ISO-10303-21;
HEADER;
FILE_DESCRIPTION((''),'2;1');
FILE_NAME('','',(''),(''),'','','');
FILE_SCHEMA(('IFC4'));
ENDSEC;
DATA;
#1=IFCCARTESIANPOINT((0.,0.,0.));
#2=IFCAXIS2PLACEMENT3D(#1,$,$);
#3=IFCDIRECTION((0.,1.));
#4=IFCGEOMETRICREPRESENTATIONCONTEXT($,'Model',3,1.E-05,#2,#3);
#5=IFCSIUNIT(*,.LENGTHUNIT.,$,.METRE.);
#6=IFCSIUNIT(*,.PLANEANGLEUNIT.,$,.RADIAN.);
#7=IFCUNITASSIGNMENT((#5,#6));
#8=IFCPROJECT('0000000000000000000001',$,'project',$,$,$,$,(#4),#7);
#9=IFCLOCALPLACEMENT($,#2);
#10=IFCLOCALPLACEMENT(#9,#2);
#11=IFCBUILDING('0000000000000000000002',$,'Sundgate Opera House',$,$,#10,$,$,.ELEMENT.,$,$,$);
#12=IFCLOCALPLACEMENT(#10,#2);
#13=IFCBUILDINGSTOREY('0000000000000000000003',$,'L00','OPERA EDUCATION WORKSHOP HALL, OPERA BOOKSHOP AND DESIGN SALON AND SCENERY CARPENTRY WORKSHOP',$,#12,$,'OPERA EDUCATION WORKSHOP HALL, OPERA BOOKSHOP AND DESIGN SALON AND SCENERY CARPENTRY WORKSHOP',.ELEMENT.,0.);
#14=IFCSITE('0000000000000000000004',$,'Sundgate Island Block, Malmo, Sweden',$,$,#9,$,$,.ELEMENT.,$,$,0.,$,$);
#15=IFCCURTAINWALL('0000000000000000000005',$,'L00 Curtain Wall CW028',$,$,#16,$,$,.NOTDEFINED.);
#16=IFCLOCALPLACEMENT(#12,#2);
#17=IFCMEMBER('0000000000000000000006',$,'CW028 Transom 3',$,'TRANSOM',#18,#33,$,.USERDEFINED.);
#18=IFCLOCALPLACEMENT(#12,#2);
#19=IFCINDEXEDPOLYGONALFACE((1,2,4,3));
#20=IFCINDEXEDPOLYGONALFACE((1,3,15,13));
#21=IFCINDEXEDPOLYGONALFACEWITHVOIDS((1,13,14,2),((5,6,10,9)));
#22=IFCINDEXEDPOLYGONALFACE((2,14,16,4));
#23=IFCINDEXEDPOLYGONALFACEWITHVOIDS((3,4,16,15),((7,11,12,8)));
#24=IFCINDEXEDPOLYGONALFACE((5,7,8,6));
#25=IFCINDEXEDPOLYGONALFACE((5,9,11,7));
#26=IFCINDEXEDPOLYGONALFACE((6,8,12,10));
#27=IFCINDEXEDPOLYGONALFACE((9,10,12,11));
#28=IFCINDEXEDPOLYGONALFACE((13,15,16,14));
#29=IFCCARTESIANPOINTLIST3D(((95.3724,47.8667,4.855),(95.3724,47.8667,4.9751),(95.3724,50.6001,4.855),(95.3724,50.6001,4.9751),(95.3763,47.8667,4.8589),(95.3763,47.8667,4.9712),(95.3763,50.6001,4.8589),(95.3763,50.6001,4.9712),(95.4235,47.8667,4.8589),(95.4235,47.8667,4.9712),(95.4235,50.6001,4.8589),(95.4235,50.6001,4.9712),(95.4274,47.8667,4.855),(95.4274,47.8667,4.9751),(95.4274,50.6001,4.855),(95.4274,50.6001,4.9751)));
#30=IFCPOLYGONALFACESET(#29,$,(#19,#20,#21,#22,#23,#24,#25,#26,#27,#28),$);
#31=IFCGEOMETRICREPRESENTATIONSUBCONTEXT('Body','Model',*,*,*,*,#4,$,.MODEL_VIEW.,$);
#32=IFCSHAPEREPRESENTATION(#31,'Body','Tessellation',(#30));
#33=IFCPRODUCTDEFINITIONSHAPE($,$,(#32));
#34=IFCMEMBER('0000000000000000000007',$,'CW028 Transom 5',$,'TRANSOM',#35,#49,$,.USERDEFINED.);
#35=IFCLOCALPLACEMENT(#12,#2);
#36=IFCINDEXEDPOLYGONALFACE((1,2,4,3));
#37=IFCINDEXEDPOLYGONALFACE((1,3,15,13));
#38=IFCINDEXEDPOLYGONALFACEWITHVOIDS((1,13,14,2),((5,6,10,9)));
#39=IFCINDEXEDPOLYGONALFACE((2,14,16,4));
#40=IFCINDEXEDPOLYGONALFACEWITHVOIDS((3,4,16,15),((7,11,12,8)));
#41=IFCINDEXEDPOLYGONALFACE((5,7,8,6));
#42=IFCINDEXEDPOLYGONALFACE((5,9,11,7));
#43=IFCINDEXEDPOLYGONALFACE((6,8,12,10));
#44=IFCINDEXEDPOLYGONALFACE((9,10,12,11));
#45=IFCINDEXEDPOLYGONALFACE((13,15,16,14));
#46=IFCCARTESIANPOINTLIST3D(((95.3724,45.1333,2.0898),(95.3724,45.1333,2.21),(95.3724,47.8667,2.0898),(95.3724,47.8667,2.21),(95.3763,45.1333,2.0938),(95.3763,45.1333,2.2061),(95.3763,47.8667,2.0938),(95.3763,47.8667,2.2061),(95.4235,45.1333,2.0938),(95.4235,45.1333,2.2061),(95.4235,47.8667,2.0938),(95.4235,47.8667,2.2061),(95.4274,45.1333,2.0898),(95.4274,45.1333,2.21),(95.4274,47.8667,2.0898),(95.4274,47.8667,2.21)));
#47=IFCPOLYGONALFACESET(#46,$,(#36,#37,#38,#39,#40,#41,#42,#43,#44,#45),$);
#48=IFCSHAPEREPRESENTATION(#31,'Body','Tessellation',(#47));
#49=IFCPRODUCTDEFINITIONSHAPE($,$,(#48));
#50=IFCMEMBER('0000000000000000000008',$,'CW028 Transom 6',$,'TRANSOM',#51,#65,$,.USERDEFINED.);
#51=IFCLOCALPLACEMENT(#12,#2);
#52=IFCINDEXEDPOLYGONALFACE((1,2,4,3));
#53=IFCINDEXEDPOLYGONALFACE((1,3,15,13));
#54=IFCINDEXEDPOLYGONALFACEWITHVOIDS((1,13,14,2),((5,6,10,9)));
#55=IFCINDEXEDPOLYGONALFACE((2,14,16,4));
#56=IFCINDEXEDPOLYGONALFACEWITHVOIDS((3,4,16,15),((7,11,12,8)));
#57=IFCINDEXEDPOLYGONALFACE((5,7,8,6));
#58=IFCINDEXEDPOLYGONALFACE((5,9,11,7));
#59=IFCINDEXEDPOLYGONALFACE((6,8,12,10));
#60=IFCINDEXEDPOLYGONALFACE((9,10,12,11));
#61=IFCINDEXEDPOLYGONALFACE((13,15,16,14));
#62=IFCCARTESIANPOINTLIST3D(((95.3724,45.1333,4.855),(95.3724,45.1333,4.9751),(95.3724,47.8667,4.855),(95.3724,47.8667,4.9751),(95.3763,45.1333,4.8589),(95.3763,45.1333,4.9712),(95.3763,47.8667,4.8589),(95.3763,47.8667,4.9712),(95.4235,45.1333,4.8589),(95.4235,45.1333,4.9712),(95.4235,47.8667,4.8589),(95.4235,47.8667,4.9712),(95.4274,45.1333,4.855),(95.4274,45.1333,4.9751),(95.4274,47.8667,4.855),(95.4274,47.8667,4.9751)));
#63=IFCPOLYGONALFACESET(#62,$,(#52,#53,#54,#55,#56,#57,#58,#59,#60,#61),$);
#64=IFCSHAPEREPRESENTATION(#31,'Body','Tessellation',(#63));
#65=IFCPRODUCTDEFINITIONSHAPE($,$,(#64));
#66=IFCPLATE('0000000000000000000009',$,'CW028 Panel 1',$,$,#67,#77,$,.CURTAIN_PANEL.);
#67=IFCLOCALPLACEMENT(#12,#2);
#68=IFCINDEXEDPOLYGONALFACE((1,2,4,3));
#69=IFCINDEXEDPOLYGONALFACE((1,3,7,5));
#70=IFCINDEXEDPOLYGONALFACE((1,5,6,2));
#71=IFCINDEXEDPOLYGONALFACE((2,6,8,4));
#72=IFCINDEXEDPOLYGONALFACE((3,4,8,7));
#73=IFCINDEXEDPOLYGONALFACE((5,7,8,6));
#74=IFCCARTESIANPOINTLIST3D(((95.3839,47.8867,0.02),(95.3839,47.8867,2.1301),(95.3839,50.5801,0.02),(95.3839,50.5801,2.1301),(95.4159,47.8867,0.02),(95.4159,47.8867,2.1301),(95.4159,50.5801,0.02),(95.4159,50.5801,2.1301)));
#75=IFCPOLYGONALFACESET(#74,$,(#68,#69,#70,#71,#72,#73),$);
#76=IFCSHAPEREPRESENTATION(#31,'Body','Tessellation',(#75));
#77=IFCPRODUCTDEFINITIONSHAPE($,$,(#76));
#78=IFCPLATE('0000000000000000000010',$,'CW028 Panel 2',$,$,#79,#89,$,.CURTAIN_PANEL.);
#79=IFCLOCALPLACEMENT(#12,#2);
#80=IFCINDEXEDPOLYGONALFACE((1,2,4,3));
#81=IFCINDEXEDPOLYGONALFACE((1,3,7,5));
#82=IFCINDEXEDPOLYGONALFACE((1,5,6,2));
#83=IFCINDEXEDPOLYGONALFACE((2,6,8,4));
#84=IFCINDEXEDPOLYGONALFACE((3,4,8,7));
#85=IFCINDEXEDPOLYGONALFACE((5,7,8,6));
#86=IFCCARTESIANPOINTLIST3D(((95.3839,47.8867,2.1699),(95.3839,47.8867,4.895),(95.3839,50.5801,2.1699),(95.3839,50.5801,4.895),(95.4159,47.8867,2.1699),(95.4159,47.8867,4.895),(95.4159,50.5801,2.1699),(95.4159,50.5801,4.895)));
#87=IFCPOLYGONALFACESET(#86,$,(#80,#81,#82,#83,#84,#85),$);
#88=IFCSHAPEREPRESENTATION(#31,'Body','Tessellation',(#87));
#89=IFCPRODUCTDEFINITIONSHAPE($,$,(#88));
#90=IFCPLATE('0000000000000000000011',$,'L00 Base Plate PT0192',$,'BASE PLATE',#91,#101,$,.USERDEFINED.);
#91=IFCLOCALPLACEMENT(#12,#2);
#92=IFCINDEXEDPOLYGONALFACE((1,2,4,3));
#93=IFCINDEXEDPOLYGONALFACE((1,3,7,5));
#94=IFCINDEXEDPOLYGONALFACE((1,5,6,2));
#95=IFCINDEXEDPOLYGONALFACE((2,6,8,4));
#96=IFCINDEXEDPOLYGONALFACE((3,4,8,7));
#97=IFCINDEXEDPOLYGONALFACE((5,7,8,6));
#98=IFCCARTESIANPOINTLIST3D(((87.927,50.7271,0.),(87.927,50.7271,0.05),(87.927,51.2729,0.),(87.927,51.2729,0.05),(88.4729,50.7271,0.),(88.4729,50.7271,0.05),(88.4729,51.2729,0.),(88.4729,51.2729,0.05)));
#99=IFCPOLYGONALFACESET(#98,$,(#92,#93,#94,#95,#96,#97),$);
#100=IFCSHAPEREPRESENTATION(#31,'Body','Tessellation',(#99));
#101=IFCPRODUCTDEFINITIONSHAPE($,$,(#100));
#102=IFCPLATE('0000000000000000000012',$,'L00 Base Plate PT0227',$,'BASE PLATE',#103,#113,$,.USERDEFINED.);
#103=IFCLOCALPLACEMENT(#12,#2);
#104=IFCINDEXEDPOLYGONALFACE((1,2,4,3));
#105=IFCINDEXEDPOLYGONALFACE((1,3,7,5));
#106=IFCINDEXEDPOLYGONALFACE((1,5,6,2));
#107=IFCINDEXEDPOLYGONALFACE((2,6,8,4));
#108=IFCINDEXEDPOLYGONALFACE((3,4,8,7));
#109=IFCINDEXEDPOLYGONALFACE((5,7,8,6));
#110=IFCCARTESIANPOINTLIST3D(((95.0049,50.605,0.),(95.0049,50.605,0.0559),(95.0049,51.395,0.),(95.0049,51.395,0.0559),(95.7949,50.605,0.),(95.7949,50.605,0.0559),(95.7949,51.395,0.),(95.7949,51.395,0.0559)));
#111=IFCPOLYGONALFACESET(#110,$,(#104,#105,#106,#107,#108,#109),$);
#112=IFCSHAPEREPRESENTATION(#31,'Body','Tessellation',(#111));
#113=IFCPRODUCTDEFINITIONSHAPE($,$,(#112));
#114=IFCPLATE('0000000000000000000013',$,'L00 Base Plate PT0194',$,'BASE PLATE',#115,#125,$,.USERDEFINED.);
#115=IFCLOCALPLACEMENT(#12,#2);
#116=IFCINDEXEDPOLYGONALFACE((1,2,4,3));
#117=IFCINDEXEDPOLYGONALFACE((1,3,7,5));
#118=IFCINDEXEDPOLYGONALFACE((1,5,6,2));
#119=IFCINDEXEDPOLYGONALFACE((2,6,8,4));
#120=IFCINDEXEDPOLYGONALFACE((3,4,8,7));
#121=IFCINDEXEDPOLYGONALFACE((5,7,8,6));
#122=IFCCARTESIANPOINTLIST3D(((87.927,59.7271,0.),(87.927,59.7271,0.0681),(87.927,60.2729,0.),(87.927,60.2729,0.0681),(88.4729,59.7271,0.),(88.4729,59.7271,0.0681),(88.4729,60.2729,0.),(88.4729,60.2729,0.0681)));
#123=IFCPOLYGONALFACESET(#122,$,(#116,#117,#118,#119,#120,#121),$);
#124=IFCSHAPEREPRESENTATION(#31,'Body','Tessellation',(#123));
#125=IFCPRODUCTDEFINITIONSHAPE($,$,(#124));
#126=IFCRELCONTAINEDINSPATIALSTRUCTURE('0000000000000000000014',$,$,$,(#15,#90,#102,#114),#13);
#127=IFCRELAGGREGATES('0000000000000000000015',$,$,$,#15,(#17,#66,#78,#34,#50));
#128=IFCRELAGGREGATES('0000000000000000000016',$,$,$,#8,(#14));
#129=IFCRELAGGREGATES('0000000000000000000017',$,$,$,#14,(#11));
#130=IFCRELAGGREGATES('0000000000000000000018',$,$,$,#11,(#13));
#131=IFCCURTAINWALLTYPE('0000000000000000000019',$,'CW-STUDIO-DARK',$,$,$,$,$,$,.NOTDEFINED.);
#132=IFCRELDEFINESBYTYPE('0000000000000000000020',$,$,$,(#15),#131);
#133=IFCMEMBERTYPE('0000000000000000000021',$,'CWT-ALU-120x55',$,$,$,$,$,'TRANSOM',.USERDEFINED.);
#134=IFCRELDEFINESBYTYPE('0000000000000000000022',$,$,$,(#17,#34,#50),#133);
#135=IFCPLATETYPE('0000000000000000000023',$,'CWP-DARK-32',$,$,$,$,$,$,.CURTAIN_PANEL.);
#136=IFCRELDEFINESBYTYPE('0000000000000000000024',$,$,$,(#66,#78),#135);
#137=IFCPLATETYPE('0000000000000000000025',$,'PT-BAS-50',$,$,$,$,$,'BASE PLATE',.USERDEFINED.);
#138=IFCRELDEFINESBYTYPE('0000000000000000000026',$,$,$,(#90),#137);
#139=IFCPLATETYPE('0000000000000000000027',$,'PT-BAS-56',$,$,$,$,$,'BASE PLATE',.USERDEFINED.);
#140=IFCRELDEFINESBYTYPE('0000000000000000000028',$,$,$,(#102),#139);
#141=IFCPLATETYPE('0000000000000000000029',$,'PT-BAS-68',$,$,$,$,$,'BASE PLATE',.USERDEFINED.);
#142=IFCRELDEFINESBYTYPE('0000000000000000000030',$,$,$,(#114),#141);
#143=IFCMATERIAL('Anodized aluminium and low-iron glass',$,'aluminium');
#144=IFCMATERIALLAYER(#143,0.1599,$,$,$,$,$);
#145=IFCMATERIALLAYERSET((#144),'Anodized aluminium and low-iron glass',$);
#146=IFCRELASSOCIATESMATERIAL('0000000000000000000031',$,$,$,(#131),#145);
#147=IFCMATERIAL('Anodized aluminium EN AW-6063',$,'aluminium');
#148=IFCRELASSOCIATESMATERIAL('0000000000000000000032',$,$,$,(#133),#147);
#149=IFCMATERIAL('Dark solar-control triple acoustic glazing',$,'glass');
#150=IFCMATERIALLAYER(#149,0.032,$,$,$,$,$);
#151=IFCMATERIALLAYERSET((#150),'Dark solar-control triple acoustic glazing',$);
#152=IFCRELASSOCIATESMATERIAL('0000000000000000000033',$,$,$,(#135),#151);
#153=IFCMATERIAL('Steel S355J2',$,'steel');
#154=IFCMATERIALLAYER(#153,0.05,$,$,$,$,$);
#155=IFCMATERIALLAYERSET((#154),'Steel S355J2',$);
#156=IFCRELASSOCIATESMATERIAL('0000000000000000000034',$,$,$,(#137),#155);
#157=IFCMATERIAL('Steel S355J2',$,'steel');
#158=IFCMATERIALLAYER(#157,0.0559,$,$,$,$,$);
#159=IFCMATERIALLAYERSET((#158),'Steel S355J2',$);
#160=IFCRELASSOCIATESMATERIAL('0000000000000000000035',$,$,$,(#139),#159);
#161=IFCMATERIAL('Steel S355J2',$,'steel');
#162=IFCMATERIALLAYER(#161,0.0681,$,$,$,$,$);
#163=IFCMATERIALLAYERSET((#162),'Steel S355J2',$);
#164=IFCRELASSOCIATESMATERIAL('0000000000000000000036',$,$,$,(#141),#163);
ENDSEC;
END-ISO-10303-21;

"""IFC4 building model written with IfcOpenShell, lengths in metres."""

from ifc_helpers import new_model, si_unit, direction, frame, origin, origin_2d, place, context, subcontext, project, spatial, rectangle, hollow_rectangle, extrude, material, layer, layer_set, material_profile, profile_set, type_object, element, aggregate, save


model = new_model("IFC4")

# Units and contexts
model_context = context("Model", 3, precision=1e-05, world=origin(), true_north=direction((0.0, 1.0)))
body_context = subcontext(model_context, "Body", "Model", "MODEL_VIEW")
ifc_project = project(units=[si_unit("LENGTHUNIT", "METRE"), si_unit("PLANEANGLEUNIT", "RADIAN")], contexts=[model_context])

# Site, building, storey
site_placement = place(None, origin())
site = spatial("IfcSite", under=ifc_project, at=site_placement, Name="Sundgate Island Block, Malmo, Sweden", CompositionType="ELEMENT", RefElevation=0.0)
building_placement = place(site_placement, origin())
building = spatial("IfcBuilding", under=site, at=building_placement, Name="Sundgate Opera House", CompositionType="ELEMENT")
storey_placement = place(building_placement, origin())
storey = spatial("IfcBuildingStorey", under=building, at=storey_placement, Name="L00", Description="OPERA EDUCATION WORKSHOP HALL, OPERA BOOKSHOP AND DESIGN SALON AND SCENERY CARPENTRY WORKSHOP", LongName="OPERA EDUCATION WORKSHOP HALL, OPERA BOOKSHOP AND DESIGN SALON AND SCENERY CARPENTRY WORKSHOP", CompositionType="ELEMENT", Elevation=0.0)

# Curtain wall
ifc_material_1 = material(Name="Anodized aluminium and low-iron glass", Category="aluminium")
ifc_layer_1 = layer(ifc_material_1, 0.1599)
ifc_layer_set_1 = layer_set([ifc_layer_1], Name="Anodized aluminium and low-iron glass")
curtain_wall_type = type_object("IfcCurtainWallType", Name="CW-STUDIO-DARK", PredefinedType="NOTDEFINED", material=ifc_layer_set_1)
curtain_wall_1_placement = place(storey_placement, origin())
curtain_wall_1 = element("IfcCurtainWall", 1, at=curtain_wall_1_placement, inside=storey, type_object=curtain_wall_type, Name="L00 Curtain Wall CW028", PredefinedType="NOTDEFINED")

# Members
ifc_material_2 = material(Name="Anodized aluminium EN AW-6063", Category="aluminium")
ifc_material_profile_1 = material_profile(ifc_material_2, hollow_rectangle(XDim=0.0549, YDim=0.1201, WallThickness=0.0039, at=origin_2d()), Name="CWT 120x55x4")
ifc_profile_set_1 = profile_set([ifc_material_profile_1], Name="Anodized aluminium EN AW-6063")
member_type_1 = type_object("IfcMemberType", Name="CWT-ALU-120x55", ElementType="TRANSOM", PredefinedType="USERDEFINED", material=ifc_profile_set_1)
member_1_placement = place(storey_placement, frame((95.3999, 50.6001, 4.915), z_axis=(0.0, -1.0, 0.0), x_axis=(1.0, 0.0, 0.0)))
member_1 = element("IfcMember", 2, at=member_1_placement, type_object=member_type_1, Name="CW028 Transom 3", ObjectType="TRANSOM", PredefinedType="USERDEFINED", context=body_context, shape_type="SweptSolid", body=[
    extrude(hollow_rectangle(XDim=0.0549, YDim=0.1201, WallThickness=0.0039, at=origin_2d()), origin(), (0.0, 0.0, 1.0), 2.7334),
])
member_2_placement = place(storey_placement, frame((95.3999, 47.8667, 2.1499), z_axis=(0.0, -1.0, 0.0), x_axis=(1.0, 0.0, 0.0)))
member_2 = element("IfcMember", 3, at=member_2_placement, type_object=member_type_1, Name="CW028 Transom 5", ObjectType="TRANSOM", PredefinedType="USERDEFINED", context=body_context, shape_type="SweptSolid", body=[
    extrude(hollow_rectangle(XDim=0.0549, YDim=0.1201, WallThickness=0.0039, at=origin_2d()), origin(), (0.0, 0.0, 1.0), 2.7334),
])
member_3_placement = place(storey_placement, frame((95.3999, 47.8667, 4.915), z_axis=(0.0, -1.0, 0.0), x_axis=(1.0, 0.0, 0.0)))
member_3 = element("IfcMember", 4, at=member_3_placement, type_object=member_type_1, Name="CW028 Transom 6", ObjectType="TRANSOM", PredefinedType="USERDEFINED", context=body_context, shape_type="SweptSolid", body=[
    extrude(hollow_rectangle(XDim=0.0549, YDim=0.1201, WallThickness=0.0039, at=origin_2d()), origin(), (0.0, 0.0, 1.0), 2.7334),
])

# Plates
ifc_material_3 = material(Name="Dark solar-control triple acoustic glazing", Category="glass")
ifc_layer_2 = layer(ifc_material_3, 0.032)
ifc_layer_set_2 = layer_set([ifc_layer_2], Name="Dark solar-control triple acoustic glazing")
plate_type_1 = type_object("IfcPlateType", Name="CWP-DARK-32", PredefinedType="CURTAIN_PANEL", material=ifc_layer_set_2)
plate_1_placement = place(storey_placement, frame((95.3999, 49.2334, 0.02), z_axis=(0.0, 0.0, 1.0), x_axis=(0.0, -1.0, 0.0)))
plate_1 = element("IfcPlate", 5, at=plate_1_placement, type_object=plate_type_1, Name="CW028 Panel 1", PredefinedType="CURTAIN_PANEL", context=body_context, shape_type="SweptSolid", body=[
    extrude(rectangle(XDim=2.6934, YDim=0.032, at=origin_2d()), origin(), (0.0, 0.0, 1.0), 2.1101),
])
plate_2_placement = place(storey_placement, frame((95.3999, 49.2334, 2.1699), z_axis=(0.0, 0.0, 1.0), x_axis=(0.0, -1.0, 0.0)))
plate_2 = element("IfcPlate", 6, at=plate_2_placement, type_object=plate_type_1, Name="CW028 Panel 2", PredefinedType="CURTAIN_PANEL", context=body_context, shape_type="SweptSolid", body=[
    extrude(rectangle(XDim=2.6934, YDim=0.032, at=origin_2d()), origin(), (0.0, 0.0, 1.0), 2.7251),
])
aggregate(curtain_wall_1, [member_1, plate_1, plate_2, member_2, member_3])

# Plates
ifc_material_4 = material(Name="Steel S355J2", Category="steel")
ifc_layer_3 = layer(ifc_material_4, 0.05)
ifc_layer_set_3 = layer_set([ifc_layer_3], Name="Steel S355J2")
plate_type_2 = type_object("IfcPlateType", Name="PT-BAS-50", ElementType="BASE PLATE", PredefinedType="USERDEFINED", material=ifc_layer_set_3)
plate_3_placement = place(storey_placement, frame((88.2, 51.0, 0.0), z_axis=(0.0, 0.0, 1.0), x_axis=(1.0, 0.0, 0.0)))
element("IfcPlate", 7, at=plate_3_placement, inside=storey, type_object=plate_type_2, Name="L00 Base Plate PT0192", ObjectType="BASE PLATE", PredefinedType="USERDEFINED", context=body_context, shape_type="SweptSolid", body=[
    extrude(rectangle(XDim=0.5459, YDim=0.5459, at=origin_2d()), origin(), (0.0, 0.0, 1.0), 0.05),
])
ifc_material_5 = material(Name="Steel S355J2", Category="steel")
ifc_layer_4 = layer(ifc_material_5, 0.0559)
ifc_layer_set_4 = layer_set([ifc_layer_4], Name="Steel S355J2")
plate_type_3 = type_object("IfcPlateType", Name="PT-BAS-56", ElementType="BASE PLATE", PredefinedType="USERDEFINED", material=ifc_layer_set_4)
plate_4_placement = place(storey_placement, frame((95.3999, 51.0, 0.0), z_axis=(0.0, 0.0, 1.0), x_axis=(1.0, 0.0, 0.0)))
element("IfcPlate", 8, at=plate_4_placement, inside=storey, type_object=plate_type_3, Name="L00 Base Plate PT0227", ObjectType="BASE PLATE", PredefinedType="USERDEFINED", context=body_context, shape_type="SweptSolid", body=[
    extrude(rectangle(XDim=0.79, YDim=0.79, at=origin_2d()), origin(), (0.0, 0.0, 1.0), 0.0559),
])
ifc_material_6 = material(Name="Steel S355J2", Category="steel")
ifc_layer_5 = layer(ifc_material_6, 0.0681)
ifc_layer_set_5 = layer_set([ifc_layer_5], Name="Steel S355J2")
plate_type_4 = type_object("IfcPlateType", Name="PT-BAS-68", ElementType="BASE PLATE", PredefinedType="USERDEFINED", material=ifc_layer_set_5)
plate_5_placement = place(storey_placement, frame((88.2, 60.0, 0.0), z_axis=(0.0, 0.0, 1.0), x_axis=(1.0, 0.0, 0.0)))
element("IfcPlate", 9, at=plate_5_placement, inside=storey, type_object=plate_type_4, Name="L00 Base Plate PT0194", ObjectType="BASE PLATE", PredefinedType="USERDEFINED", context=body_context, shape_type="SweptSolid", body=[
    extrude(rectangle(XDim=0.5459, YDim=0.5459, at=origin_2d()), origin(), (0.0, 0.0, 1.0), 0.0681),
])

save(model, "model.ifc")
